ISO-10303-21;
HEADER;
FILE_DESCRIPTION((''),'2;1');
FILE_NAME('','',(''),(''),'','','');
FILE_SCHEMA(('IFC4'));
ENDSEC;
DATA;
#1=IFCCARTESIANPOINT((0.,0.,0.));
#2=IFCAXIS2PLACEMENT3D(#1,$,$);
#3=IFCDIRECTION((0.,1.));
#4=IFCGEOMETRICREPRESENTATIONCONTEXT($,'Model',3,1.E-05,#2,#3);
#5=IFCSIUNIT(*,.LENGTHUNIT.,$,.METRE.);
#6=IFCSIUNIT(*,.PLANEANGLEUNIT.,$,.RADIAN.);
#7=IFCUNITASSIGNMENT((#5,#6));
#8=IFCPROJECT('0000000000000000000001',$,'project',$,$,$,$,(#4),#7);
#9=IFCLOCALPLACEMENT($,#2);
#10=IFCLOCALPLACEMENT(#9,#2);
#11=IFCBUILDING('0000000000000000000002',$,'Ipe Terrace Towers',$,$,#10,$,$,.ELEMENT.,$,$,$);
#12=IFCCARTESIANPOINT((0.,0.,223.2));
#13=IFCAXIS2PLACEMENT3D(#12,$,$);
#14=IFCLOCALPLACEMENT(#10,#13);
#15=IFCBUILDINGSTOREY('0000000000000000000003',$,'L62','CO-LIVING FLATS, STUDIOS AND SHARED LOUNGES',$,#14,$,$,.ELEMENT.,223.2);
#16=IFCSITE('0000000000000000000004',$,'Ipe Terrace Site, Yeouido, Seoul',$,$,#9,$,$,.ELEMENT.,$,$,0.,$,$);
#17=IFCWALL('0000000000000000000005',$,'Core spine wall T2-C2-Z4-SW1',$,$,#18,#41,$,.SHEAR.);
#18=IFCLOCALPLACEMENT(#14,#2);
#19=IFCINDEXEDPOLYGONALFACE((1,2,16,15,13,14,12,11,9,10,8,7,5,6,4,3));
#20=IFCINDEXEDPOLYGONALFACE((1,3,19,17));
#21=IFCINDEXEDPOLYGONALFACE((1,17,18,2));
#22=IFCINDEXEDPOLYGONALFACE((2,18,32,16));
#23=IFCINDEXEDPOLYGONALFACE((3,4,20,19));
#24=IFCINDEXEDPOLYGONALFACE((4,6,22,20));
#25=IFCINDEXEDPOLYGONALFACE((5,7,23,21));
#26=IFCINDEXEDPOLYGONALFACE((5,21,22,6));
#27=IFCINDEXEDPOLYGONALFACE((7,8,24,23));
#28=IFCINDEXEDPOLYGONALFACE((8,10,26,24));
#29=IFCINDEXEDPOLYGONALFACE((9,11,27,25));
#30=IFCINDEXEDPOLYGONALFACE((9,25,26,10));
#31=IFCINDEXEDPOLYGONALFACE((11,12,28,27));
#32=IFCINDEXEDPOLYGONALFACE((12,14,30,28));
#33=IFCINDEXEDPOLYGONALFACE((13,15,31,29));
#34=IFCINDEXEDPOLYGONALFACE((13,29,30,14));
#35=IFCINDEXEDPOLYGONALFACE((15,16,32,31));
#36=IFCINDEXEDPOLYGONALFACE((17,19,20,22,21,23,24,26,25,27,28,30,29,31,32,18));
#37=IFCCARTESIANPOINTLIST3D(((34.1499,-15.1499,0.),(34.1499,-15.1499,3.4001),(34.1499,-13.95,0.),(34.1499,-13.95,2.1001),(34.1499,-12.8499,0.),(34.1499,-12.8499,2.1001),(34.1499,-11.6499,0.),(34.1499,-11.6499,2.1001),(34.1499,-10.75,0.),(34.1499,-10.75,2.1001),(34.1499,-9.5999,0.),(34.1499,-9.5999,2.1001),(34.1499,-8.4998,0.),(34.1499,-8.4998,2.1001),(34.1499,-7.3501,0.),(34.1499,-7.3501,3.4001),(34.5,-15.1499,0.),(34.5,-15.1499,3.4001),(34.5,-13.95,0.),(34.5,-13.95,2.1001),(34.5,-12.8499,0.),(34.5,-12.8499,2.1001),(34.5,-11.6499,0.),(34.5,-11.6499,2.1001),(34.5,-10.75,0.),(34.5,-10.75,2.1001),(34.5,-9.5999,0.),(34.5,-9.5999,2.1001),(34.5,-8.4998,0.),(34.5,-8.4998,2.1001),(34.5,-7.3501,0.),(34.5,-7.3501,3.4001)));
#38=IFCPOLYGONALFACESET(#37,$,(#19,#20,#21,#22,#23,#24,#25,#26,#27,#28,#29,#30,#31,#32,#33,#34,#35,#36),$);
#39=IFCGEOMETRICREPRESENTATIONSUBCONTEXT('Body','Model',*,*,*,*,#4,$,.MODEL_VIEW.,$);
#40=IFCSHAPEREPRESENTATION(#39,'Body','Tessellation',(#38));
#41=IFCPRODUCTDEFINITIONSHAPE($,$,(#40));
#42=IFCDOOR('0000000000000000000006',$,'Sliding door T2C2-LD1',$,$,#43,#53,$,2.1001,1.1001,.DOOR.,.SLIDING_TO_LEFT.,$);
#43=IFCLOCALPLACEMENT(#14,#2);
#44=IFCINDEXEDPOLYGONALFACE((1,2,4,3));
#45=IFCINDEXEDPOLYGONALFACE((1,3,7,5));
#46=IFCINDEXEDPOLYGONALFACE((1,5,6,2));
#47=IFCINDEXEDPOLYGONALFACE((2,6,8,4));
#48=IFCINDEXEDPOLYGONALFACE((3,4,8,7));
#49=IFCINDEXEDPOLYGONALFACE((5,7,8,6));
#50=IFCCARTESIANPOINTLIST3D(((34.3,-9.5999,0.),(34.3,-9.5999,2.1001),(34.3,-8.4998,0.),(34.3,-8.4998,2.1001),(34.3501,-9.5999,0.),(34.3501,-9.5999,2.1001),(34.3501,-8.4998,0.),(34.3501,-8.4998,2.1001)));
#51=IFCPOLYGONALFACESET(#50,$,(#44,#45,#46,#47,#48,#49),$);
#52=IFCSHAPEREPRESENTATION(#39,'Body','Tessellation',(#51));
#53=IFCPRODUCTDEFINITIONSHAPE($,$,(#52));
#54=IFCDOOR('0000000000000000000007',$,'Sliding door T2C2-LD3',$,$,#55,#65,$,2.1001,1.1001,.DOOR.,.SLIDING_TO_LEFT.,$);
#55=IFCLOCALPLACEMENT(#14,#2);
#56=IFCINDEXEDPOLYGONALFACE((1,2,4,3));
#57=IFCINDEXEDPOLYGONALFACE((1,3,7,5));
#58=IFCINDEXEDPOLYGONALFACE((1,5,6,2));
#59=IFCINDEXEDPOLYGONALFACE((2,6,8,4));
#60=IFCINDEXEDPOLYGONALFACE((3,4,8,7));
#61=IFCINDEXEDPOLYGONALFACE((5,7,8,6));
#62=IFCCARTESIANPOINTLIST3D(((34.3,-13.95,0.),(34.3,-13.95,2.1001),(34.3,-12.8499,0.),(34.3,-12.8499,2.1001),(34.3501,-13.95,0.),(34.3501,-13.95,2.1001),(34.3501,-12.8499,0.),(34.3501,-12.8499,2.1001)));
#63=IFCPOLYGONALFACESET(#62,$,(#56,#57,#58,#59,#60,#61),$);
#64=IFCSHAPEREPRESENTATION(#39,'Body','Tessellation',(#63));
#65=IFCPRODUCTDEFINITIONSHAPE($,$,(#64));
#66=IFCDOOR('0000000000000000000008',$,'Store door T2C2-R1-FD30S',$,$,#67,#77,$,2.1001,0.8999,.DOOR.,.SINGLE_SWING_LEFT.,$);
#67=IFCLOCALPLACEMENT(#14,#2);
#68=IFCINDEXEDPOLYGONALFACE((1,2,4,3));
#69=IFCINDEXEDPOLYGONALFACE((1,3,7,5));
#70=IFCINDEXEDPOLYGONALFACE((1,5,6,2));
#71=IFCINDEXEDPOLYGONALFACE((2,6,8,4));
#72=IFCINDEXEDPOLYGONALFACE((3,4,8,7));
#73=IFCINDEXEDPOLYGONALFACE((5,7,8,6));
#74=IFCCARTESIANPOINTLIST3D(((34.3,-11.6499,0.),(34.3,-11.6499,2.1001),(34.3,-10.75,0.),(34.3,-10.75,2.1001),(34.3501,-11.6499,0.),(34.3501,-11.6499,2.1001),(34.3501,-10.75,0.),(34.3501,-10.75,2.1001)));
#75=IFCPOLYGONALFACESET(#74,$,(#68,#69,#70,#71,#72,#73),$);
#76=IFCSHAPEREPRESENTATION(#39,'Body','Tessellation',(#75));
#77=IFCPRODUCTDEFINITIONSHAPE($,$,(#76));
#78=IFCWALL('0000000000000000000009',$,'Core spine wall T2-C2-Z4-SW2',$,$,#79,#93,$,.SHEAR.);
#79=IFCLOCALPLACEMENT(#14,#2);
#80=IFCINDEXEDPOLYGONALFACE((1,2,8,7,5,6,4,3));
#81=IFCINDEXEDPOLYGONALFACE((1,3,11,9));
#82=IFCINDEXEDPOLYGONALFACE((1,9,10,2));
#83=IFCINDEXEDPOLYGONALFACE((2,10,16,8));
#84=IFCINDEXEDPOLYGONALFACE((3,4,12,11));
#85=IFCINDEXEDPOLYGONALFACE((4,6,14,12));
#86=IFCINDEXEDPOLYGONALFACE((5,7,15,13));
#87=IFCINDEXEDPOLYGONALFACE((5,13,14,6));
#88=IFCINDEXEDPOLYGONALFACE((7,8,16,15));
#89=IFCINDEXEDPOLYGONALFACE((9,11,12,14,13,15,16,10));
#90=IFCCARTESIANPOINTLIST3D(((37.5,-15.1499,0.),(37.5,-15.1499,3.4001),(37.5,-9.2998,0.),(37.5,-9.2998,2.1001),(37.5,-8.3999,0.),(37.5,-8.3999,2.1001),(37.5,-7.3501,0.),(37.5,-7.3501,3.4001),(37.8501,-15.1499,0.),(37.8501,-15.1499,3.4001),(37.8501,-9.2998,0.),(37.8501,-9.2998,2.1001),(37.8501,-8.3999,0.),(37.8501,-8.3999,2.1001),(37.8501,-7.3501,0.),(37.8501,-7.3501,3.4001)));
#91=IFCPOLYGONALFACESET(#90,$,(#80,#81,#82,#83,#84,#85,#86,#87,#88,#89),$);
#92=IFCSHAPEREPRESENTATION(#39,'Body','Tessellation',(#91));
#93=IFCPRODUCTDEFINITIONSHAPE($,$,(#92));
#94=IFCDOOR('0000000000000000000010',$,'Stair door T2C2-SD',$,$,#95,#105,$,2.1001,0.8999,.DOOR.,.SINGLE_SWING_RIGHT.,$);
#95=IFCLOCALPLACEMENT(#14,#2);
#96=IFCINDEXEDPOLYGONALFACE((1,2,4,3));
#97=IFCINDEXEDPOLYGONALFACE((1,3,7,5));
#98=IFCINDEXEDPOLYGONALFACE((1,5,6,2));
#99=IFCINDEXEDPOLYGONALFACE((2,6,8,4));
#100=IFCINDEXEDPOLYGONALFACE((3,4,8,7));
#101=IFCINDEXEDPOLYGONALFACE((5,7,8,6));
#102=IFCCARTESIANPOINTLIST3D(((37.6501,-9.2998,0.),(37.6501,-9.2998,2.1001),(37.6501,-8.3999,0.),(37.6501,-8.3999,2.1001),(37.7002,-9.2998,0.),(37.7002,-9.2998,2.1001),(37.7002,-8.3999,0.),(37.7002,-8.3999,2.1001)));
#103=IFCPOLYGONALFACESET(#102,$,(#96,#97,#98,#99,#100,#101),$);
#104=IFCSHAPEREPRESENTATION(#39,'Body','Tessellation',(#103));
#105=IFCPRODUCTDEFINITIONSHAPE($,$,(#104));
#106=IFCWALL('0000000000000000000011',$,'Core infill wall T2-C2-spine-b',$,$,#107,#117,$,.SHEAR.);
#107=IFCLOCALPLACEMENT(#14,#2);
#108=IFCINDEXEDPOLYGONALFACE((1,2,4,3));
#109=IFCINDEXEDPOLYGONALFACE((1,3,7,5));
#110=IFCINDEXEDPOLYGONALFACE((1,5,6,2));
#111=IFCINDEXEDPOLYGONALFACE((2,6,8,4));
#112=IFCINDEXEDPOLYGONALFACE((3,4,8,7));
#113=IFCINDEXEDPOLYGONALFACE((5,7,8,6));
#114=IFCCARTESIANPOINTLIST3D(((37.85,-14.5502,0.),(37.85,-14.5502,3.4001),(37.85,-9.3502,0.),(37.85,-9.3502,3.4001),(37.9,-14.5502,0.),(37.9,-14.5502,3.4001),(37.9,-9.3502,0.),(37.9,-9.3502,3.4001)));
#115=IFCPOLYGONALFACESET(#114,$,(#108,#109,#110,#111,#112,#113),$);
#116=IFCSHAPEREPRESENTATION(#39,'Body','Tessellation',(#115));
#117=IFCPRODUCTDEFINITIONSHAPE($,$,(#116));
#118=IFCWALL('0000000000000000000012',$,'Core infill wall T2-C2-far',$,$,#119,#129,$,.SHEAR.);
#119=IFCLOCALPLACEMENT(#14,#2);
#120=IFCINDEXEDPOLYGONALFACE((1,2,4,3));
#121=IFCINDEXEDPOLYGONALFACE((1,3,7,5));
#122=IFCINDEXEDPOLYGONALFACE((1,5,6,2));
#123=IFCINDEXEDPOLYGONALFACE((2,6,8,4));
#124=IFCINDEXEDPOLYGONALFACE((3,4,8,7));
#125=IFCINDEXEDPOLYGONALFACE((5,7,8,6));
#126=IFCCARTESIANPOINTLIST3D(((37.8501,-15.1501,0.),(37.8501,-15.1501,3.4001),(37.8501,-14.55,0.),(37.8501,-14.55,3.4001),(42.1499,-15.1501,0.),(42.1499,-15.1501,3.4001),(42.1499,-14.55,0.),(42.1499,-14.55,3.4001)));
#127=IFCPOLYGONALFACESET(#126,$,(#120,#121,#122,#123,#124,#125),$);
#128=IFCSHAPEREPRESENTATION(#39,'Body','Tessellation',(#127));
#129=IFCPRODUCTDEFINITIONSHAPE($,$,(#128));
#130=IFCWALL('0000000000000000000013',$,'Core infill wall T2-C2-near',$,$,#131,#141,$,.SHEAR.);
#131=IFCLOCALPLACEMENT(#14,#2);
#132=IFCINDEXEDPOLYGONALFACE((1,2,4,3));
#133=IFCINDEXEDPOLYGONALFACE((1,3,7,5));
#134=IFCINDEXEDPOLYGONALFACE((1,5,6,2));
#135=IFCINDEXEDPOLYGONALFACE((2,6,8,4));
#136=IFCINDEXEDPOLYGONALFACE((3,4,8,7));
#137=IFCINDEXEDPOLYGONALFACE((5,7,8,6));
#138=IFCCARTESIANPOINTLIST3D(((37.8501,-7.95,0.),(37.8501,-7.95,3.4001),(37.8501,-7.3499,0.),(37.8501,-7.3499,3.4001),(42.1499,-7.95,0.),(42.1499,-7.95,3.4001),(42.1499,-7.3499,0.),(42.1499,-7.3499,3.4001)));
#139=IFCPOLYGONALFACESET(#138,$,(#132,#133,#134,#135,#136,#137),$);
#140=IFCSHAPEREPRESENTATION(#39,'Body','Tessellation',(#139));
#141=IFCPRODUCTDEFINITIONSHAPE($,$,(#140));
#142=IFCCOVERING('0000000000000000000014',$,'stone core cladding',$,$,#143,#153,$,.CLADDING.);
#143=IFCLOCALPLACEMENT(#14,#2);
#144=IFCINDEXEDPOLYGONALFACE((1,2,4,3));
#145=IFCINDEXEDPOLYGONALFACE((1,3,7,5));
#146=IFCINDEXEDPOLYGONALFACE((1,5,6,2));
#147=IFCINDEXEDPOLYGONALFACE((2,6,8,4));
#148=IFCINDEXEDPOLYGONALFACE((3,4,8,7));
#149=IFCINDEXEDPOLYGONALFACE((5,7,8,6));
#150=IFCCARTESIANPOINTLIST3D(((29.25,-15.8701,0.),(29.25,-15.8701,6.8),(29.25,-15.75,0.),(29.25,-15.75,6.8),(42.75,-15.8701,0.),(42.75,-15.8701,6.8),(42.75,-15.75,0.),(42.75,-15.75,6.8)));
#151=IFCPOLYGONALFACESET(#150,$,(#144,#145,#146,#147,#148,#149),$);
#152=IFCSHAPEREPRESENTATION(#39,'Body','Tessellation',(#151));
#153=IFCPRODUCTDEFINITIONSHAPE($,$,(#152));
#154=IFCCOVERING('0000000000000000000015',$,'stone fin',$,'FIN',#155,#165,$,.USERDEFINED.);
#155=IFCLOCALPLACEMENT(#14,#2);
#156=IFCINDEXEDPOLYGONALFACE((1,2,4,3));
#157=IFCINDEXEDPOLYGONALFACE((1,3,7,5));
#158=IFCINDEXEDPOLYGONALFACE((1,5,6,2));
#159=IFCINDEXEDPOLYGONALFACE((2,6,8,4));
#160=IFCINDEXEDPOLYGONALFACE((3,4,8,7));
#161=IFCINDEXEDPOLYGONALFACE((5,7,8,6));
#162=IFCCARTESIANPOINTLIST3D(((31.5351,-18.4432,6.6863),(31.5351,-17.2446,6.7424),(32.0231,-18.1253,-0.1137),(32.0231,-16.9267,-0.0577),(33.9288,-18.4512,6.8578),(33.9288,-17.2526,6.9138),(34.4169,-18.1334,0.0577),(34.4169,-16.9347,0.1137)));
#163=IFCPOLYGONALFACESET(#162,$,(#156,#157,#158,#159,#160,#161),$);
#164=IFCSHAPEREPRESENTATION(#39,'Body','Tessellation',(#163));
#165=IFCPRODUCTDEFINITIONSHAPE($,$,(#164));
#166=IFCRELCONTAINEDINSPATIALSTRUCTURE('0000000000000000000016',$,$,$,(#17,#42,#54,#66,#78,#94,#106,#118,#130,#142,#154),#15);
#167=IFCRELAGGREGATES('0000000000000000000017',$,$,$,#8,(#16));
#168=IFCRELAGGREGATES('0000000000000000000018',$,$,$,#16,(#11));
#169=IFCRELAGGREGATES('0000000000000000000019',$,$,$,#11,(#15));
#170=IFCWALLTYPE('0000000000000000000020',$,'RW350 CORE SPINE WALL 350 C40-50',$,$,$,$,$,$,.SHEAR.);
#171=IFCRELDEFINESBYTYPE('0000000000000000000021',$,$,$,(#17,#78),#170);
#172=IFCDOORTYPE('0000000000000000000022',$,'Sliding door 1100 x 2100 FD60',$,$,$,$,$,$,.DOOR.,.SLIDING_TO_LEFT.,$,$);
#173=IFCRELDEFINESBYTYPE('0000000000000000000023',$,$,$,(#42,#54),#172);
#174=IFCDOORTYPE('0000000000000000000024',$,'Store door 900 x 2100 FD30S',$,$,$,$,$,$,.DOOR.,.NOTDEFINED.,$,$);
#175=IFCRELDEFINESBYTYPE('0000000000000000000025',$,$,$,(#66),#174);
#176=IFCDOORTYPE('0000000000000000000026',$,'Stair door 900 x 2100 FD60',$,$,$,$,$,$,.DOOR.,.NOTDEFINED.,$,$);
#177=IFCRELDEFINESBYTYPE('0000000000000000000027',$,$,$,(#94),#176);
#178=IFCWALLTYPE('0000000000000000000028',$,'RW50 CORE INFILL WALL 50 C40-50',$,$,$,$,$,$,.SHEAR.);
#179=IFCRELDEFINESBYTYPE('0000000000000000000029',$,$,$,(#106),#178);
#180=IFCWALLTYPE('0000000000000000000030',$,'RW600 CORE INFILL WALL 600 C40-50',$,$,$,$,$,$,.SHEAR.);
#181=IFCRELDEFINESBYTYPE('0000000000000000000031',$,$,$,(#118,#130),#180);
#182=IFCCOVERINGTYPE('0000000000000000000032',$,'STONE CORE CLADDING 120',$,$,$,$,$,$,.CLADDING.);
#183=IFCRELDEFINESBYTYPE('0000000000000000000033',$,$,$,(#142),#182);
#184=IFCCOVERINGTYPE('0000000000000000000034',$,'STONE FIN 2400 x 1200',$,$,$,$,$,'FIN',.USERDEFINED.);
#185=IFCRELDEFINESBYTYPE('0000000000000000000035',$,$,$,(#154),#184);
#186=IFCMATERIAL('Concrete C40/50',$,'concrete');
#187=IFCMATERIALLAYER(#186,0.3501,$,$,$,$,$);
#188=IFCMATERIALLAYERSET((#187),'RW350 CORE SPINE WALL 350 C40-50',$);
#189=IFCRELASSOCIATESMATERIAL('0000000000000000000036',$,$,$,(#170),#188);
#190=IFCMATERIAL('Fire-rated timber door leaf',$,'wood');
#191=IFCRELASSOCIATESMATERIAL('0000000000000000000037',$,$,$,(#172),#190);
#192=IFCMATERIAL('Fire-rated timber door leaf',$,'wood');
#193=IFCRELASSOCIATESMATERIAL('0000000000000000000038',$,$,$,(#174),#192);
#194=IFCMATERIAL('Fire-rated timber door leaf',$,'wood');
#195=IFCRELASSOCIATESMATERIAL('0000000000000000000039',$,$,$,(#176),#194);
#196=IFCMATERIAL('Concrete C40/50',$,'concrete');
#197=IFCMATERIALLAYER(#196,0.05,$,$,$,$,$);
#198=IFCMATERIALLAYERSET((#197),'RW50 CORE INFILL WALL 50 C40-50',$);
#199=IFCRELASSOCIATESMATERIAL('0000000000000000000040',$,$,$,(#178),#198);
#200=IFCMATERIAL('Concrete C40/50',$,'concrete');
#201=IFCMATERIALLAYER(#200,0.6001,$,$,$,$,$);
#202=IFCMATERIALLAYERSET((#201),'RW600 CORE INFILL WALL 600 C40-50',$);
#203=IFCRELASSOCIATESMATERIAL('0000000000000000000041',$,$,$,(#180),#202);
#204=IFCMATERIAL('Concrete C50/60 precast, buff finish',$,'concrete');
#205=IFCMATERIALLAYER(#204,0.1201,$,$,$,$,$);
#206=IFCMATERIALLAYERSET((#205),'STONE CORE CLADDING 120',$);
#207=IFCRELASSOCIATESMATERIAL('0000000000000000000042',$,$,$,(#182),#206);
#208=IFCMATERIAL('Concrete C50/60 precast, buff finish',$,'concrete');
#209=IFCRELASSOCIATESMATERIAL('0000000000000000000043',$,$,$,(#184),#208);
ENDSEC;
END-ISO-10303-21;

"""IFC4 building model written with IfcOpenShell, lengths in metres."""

from ifc_helpers import new_model, si_unit, direction, frame, frame_2d, origin, origin_2d, place, context, subcontext, project, spatial, rectangle, extrude, material, layer, layer_set, material_profile, profile_set, type_object, element, fill, save


model = new_model("IFC4")

# Units and contexts
model_context = context("Model", 3, precision=1e-05, world=origin(), true_north=direction((0.0, 1.0)))
body_context = subcontext(model_context, "Body", "Model", "MODEL_VIEW")
ifc_project = project(units=[si_unit("LENGTHUNIT", "METRE"), si_unit("PLANEANGLEUNIT", "RADIAN")], contexts=[model_context])

# Site, building, storey
site_placement = place(None, origin())
site = spatial("IfcSite", under=ifc_project, at=site_placement, Name="Ipe Terrace Site, Yeouido, Seoul", CompositionType="ELEMENT", RefElevation=0.0)
building_placement = place(site_placement, origin())
building = spatial("IfcBuilding", under=site, at=building_placement, Name="Ipe Terrace Towers", CompositionType="ELEMENT")
storey_placement = place(building_placement, frame((0.0, 0.0, 223.2)))
storey = spatial("IfcBuildingStorey", under=building, at=storey_placement, Name="L62", Description="CO-LIVING FLATS, STUDIOS AND SHARED LOUNGES", CompositionType="ELEMENT", Elevation=223.2)

# Wall, openings, doors
ifc_material_1 = material(Name="Concrete C40/50", Category="concrete")
ifc_layer_1 = layer(ifc_material_1, 0.3501)
ifc_layer_set_1 = layer_set([ifc_layer_1], Name="RW350 CORE SPINE WALL 350 C40-50")
wall_type_1 = type_object("IfcWallType", Name="RW350 CORE SPINE WALL 350 C40-50", PredefinedType="SHEAR", material=ifc_layer_set_1)
wall_1_placement = place(storey_placement, frame((34.325, -15.1499, 0.0), z_axis=(0.0, 0.0, 1.0), x_axis=(0.0, 1.0, 0.0)))
wall_1 = element("IfcWall", 1, at=wall_1_placement, inside=storey, type_object=wall_type_1, Name="Core spine wall T2-C2-Z4-SW1", PredefinedType="SHEAR", context=body_context, shape_type="SweptSolid", body=[
    extrude(rectangle(XDim=7.7998, YDim=0.3501, at=frame_2d((3.8999, 0.0))), origin(), (0.0, 0.0, 1.0), 3.4001),
])
opening_1_placement = place(wall_1_placement, frame((5.55, 0.0, 0.0)))
opening_1 = element("IfcOpeningElement", 2, at=opening_1_placement, cuts=wall_1, PredefinedType="OPENING", context=body_context, shape_type="SweptSolid", body=[
    extrude(rectangle(XDim=1.1001, YDim=2.1001, at=frame_2d((0.55, 1.05))), frame((0.0, 0.1851, 0.0), z_axis=(0.0, -1.0, 0.0), x_axis=(1.0, 0.0, 0.0)), (0.0, 0.0, 1.0), 0.3701),
])
opening_2_placement = place(wall_1_placement, frame((1.2, 0.0, 0.0)))
opening_2 = element("IfcOpeningElement", 3, at=opening_2_placement, cuts=wall_1, PredefinedType="OPENING", context=body_context, shape_type="SweptSolid", body=[
    extrude(rectangle(XDim=1.1001, YDim=2.1001, at=frame_2d((0.55, 1.05))), frame((0.0, 0.1851, 0.0), z_axis=(0.0, -1.0, 0.0), x_axis=(1.0, 0.0, 0.0)), (0.0, 0.0, 1.0), 0.3701),
])
opening_3_placement = place(wall_1_placement, frame((3.5, 0.0, 0.0)))
opening_3 = element("IfcOpeningElement", 4, at=opening_3_placement, cuts=wall_1, PredefinedType="OPENING", context=body_context, shape_type="SweptSolid", body=[
    extrude(rectangle(XDim=0.8999, YDim=2.1001, at=frame_2d((0.45, 1.05))), frame((0.0, 0.1851, 0.0), z_axis=(0.0, -1.0, 0.0), x_axis=(1.0, 0.0, 0.0)), (0.0, 0.0, 1.0), 0.3701),
])
ifc_material_2 = material(Name="Fire-rated timber door leaf", Category="wood")
door_type_1 = type_object("IfcDoorType", Name="Sliding door 1100 x 2100 FD60", OperationType="SLIDING_TO_LEFT", PredefinedType="DOOR", material=ifc_material_2)
door_1_placement = place(opening_1_placement, origin())
door_1 = element("IfcDoor", 5, at=door_1_placement, inside=storey, type_object=door_type_1, Name="Sliding door T2C2-LD1", OperationType="SLIDING_TO_LEFT", OverallHeight=2.1001, OverallWidth=1.1001, PredefinedType="DOOR", context=body_context, shape_type="SweptSolid", body=[
    extrude(rectangle(XDim=1.1001, YDim=2.1001, at=frame_2d((0.55, 1.05))), frame((0.0, 0.0249, 0.0), z_axis=(0.0, -1.0, 0.0), x_axis=(1.0, 0.0, 0.0)), (0.0, 0.0, 1.0), 0.05),
])
fill(opening_1, door_1)
door_2_placement = place(opening_2_placement, origin())
door_2 = element("IfcDoor", 6, at=door_2_placement, inside=storey, type_object=door_type_1, Name="Sliding door T2C2-LD3", OperationType="SLIDING_TO_LEFT", OverallHeight=2.1001, OverallWidth=1.1001, PredefinedType="DOOR", context=body_context, shape_type="SweptSolid", body=[
    extrude(rectangle(XDim=1.1001, YDim=2.1001, at=frame_2d((0.55, 1.05))), frame((0.0, 0.0249, 0.0), z_axis=(0.0, -1.0, 0.0), x_axis=(1.0, 0.0, 0.0)), (0.0, 0.0, 1.0), 0.05),
])
fill(opening_2, door_2)
ifc_material_3 = material(Name="Fire-rated timber door leaf", Category="wood")
door_type_2 = type_object("IfcDoorType", Name="Store door 900 x 2100 FD30S", OperationType="NOTDEFINED", PredefinedType="DOOR", material=ifc_material_3)
door_3_placement = place(opening_3_placement, origin())
door_3 = element("IfcDoor", 7, at=door_3_placement, inside=storey, type_object=door_type_2, Name="Store door T2C2-R1-FD30S", OperationType="SINGLE_SWING_LEFT", OverallHeight=2.1001, OverallWidth=0.8999, PredefinedType="DOOR", context=body_context, shape_type="SweptSolid", body=[
    extrude(rectangle(XDim=0.8999, YDim=2.1001, at=frame_2d((0.45, 1.05))), frame((0.0, 0.0249, 0.0), z_axis=(0.0, -1.0, 0.0), x_axis=(1.0, 0.0, 0.0)), (0.0, 0.0, 1.0), 0.05),
])
fill(opening_3, door_3)

# Wall, opening, door
wall_2_placement = place(storey_placement, frame((37.675, -15.1499, 0.0), z_axis=(0.0, 0.0, 1.0), x_axis=(0.0, 1.0, 0.0)))
wall_2 = element("IfcWall", 8, at=wall_2_placement, inside=storey, type_object=wall_type_1, Name="Core spine wall T2-C2-Z4-SW2", PredefinedType="SHEAR", context=body_context, shape_type="SweptSolid", body=[
    extrude(rectangle(XDim=7.7998, YDim=0.3501, at=frame_2d((3.8999, 0.0))), origin(), (0.0, 0.0, 1.0), 3.4001),
])
opening_4_placement = place(wall_2_placement, frame((5.8501, 0.0, 0.0)))
opening_4 = element("IfcOpeningElement", 9, at=opening_4_placement, cuts=wall_2, PredefinedType="OPENING", context=body_context, shape_type="SweptSolid", body=[
    extrude(rectangle(XDim=0.8999, YDim=2.1001, at=frame_2d((0.45, 1.05))), frame((0.0, 0.1851, 0.0), z_axis=(0.0, -1.0, 0.0), x_axis=(1.0, 0.0, 0.0)), (0.0, 0.0, 1.0), 0.3701),
])
ifc_material_4 = material(Name="Fire-rated timber door leaf", Category="wood")
door_type_3 = type_object("IfcDoorType", Name="Stair door 900 x 2100 FD60", OperationType="NOTDEFINED", PredefinedType="DOOR", material=ifc_material_4)
door_4_placement = place(opening_4_placement, origin())
door_4 = element("IfcDoor", 10, at=door_4_placement, inside=storey, type_object=door_type_3, Name="Stair door T2C2-SD", OperationType="SINGLE_SWING_RIGHT", OverallHeight=2.1001, OverallWidth=0.8999, PredefinedType="DOOR", context=body_context, shape_type="SweptSolid", body=[
    extrude(rectangle(XDim=0.8999, YDim=2.1001, at=frame_2d((0.45, 1.05))), frame((0.0, 0.0249, 0.0), z_axis=(0.0, -1.0, 0.0), x_axis=(1.0, 0.0, 0.0)), (0.0, 0.0, 1.0), 0.05),
])
fill(opening_4, door_4)

# Walls
ifc_material_5 = material(Name="Concrete C40/50", Category="concrete")
ifc_layer_2 = layer(ifc_material_5, 0.05)
ifc_layer_set_2 = layer_set([ifc_layer_2], Name="RW50 CORE INFILL WALL 50 C40-50")
wall_type_2 = type_object("IfcWallType", Name="RW50 CORE INFILL WALL 50 C40-50", PredefinedType="SHEAR", material=ifc_layer_set_2)
wall_3_placement = place(storey_placement, frame((37.875, -9.3501, 0.0), z_axis=(0.0, 0.0, 1.0), x_axis=(0.0, -1.0, 0.0)))
element("IfcWall", 11, at=wall_3_placement, inside=storey, type_object=wall_type_2, Name="Core infill wall T2-C2-spine-b", PredefinedType="SHEAR", context=body_context, shape_type="SweptSolid", body=[
    extrude(rectangle(XDim=5.2, YDim=0.05, at=frame_2d((2.6001, 0.0))), origin(), (0.0, 0.0, 1.0), 3.4001),
])
ifc_material_6 = material(Name="Concrete C40/50", Category="concrete")
ifc_layer_3 = layer(ifc_material_6, 0.6001)
ifc_layer_set_3 = layer_set([ifc_layer_3], Name="RW600 CORE INFILL WALL 600 C40-50")
wall_type_3 = type_object("IfcWallType", Name="RW600 CORE INFILL WALL 600 C40-50", PredefinedType="SHEAR", material=ifc_layer_set_3)
for number, where, z_axis, x_axis, name in (
    (12, (37.8501, -14.8501, 0.0), (0.0, 0.0, 1.0), (1.0, 0.0, 0.0), "Core infill wall T2-C2-far"),
    (13, (37.8501, -7.6499, 0.0), (0.0, 0.0, 1.0), (1.0, 0.0, 0.0), "Core infill wall T2-C2-near"),
):
    element("IfcWall", number, at=place(storey_placement, frame(where, z_axis=z_axis, x_axis=x_axis)), inside=storey, type_object=wall_type_3, Name=name, PredefinedType="SHEAR", context=body_context, shape_type="SweptSolid", body=[
        extrude(rectangle(XDim=4.2998, YDim=0.6001, at=frame_2d((2.1499, 0.0))), origin(), (0.0, 0.0, 1.0), 3.4001),
    ])

# Coverings
ifc_material_7 = material(Name="Concrete C50/60 precast, buff finish", Category="concrete")
ifc_layer_4 = layer(ifc_material_7, 0.1201)
ifc_layer_set_4 = layer_set([ifc_layer_4], Name="STONE CORE CLADDING 120")
covering_type_1 = type_object("IfcCoveringType", Name="STONE CORE CLADDING 120", PredefinedType="CLADDING", material=ifc_layer_set_4)
covering_1_placement = place(storey_placement, frame((36.0, -15.8101, 0.0), z_axis=(0.0, 0.0, 1.0), x_axis=(1.0, 0.0, 0.0)))
element("IfcCovering", 14, at=covering_1_placement, inside=storey, type_object=covering_type_1, Name="stone core cladding", PredefinedType="CLADDING", context=body_context, shape_type="SweptSolid", body=[
    extrude(rectangle(XDim=13.5, YDim=0.1201, at=origin_2d()), origin(), (0.0, 0.0, 1.0), 6.8),
])
ifc_material_8 = material(Name="Concrete C50/60 precast, buff finish", Category="concrete")
ifc_material_profile = material_profile(ifc_material_8, rectangle(XDim=2.3999, YDim=1.2, at=origin_2d()), Name="STONE FIN 2400 x 1200")
ifc_profile_set = profile_set([ifc_material_profile], Name="Concrete C50/60 precast, buff finish")
covering_type_2 = type_object("IfcCoveringType", Name="STONE FIN 2400 x 1200", ElementType="FIN", PredefinedType="USERDEFINED", material=ifc_profile_set)
covering_2_placement = place(storey_placement, frame((33.22, -17.53, 0.0), z_axis=(-0.071508, -0.046575, 0.996352), x_axis=(0.99744, -0.003339, 0.07143)))
element("IfcCovering", 15, at=covering_2_placement, inside=storey, type_object=covering_type_2, Name="stone fin", ObjectType="FIN", PredefinedType="USERDEFINED", context=body_context, shape_type="SweptSolid", body=[
    extrude(rectangle(XDim=2.3999, YDim=1.2, at=origin_2d()), origin(), (0.0, 0.0, 1.0), 6.825),
])

save(model, "model.ifc")
